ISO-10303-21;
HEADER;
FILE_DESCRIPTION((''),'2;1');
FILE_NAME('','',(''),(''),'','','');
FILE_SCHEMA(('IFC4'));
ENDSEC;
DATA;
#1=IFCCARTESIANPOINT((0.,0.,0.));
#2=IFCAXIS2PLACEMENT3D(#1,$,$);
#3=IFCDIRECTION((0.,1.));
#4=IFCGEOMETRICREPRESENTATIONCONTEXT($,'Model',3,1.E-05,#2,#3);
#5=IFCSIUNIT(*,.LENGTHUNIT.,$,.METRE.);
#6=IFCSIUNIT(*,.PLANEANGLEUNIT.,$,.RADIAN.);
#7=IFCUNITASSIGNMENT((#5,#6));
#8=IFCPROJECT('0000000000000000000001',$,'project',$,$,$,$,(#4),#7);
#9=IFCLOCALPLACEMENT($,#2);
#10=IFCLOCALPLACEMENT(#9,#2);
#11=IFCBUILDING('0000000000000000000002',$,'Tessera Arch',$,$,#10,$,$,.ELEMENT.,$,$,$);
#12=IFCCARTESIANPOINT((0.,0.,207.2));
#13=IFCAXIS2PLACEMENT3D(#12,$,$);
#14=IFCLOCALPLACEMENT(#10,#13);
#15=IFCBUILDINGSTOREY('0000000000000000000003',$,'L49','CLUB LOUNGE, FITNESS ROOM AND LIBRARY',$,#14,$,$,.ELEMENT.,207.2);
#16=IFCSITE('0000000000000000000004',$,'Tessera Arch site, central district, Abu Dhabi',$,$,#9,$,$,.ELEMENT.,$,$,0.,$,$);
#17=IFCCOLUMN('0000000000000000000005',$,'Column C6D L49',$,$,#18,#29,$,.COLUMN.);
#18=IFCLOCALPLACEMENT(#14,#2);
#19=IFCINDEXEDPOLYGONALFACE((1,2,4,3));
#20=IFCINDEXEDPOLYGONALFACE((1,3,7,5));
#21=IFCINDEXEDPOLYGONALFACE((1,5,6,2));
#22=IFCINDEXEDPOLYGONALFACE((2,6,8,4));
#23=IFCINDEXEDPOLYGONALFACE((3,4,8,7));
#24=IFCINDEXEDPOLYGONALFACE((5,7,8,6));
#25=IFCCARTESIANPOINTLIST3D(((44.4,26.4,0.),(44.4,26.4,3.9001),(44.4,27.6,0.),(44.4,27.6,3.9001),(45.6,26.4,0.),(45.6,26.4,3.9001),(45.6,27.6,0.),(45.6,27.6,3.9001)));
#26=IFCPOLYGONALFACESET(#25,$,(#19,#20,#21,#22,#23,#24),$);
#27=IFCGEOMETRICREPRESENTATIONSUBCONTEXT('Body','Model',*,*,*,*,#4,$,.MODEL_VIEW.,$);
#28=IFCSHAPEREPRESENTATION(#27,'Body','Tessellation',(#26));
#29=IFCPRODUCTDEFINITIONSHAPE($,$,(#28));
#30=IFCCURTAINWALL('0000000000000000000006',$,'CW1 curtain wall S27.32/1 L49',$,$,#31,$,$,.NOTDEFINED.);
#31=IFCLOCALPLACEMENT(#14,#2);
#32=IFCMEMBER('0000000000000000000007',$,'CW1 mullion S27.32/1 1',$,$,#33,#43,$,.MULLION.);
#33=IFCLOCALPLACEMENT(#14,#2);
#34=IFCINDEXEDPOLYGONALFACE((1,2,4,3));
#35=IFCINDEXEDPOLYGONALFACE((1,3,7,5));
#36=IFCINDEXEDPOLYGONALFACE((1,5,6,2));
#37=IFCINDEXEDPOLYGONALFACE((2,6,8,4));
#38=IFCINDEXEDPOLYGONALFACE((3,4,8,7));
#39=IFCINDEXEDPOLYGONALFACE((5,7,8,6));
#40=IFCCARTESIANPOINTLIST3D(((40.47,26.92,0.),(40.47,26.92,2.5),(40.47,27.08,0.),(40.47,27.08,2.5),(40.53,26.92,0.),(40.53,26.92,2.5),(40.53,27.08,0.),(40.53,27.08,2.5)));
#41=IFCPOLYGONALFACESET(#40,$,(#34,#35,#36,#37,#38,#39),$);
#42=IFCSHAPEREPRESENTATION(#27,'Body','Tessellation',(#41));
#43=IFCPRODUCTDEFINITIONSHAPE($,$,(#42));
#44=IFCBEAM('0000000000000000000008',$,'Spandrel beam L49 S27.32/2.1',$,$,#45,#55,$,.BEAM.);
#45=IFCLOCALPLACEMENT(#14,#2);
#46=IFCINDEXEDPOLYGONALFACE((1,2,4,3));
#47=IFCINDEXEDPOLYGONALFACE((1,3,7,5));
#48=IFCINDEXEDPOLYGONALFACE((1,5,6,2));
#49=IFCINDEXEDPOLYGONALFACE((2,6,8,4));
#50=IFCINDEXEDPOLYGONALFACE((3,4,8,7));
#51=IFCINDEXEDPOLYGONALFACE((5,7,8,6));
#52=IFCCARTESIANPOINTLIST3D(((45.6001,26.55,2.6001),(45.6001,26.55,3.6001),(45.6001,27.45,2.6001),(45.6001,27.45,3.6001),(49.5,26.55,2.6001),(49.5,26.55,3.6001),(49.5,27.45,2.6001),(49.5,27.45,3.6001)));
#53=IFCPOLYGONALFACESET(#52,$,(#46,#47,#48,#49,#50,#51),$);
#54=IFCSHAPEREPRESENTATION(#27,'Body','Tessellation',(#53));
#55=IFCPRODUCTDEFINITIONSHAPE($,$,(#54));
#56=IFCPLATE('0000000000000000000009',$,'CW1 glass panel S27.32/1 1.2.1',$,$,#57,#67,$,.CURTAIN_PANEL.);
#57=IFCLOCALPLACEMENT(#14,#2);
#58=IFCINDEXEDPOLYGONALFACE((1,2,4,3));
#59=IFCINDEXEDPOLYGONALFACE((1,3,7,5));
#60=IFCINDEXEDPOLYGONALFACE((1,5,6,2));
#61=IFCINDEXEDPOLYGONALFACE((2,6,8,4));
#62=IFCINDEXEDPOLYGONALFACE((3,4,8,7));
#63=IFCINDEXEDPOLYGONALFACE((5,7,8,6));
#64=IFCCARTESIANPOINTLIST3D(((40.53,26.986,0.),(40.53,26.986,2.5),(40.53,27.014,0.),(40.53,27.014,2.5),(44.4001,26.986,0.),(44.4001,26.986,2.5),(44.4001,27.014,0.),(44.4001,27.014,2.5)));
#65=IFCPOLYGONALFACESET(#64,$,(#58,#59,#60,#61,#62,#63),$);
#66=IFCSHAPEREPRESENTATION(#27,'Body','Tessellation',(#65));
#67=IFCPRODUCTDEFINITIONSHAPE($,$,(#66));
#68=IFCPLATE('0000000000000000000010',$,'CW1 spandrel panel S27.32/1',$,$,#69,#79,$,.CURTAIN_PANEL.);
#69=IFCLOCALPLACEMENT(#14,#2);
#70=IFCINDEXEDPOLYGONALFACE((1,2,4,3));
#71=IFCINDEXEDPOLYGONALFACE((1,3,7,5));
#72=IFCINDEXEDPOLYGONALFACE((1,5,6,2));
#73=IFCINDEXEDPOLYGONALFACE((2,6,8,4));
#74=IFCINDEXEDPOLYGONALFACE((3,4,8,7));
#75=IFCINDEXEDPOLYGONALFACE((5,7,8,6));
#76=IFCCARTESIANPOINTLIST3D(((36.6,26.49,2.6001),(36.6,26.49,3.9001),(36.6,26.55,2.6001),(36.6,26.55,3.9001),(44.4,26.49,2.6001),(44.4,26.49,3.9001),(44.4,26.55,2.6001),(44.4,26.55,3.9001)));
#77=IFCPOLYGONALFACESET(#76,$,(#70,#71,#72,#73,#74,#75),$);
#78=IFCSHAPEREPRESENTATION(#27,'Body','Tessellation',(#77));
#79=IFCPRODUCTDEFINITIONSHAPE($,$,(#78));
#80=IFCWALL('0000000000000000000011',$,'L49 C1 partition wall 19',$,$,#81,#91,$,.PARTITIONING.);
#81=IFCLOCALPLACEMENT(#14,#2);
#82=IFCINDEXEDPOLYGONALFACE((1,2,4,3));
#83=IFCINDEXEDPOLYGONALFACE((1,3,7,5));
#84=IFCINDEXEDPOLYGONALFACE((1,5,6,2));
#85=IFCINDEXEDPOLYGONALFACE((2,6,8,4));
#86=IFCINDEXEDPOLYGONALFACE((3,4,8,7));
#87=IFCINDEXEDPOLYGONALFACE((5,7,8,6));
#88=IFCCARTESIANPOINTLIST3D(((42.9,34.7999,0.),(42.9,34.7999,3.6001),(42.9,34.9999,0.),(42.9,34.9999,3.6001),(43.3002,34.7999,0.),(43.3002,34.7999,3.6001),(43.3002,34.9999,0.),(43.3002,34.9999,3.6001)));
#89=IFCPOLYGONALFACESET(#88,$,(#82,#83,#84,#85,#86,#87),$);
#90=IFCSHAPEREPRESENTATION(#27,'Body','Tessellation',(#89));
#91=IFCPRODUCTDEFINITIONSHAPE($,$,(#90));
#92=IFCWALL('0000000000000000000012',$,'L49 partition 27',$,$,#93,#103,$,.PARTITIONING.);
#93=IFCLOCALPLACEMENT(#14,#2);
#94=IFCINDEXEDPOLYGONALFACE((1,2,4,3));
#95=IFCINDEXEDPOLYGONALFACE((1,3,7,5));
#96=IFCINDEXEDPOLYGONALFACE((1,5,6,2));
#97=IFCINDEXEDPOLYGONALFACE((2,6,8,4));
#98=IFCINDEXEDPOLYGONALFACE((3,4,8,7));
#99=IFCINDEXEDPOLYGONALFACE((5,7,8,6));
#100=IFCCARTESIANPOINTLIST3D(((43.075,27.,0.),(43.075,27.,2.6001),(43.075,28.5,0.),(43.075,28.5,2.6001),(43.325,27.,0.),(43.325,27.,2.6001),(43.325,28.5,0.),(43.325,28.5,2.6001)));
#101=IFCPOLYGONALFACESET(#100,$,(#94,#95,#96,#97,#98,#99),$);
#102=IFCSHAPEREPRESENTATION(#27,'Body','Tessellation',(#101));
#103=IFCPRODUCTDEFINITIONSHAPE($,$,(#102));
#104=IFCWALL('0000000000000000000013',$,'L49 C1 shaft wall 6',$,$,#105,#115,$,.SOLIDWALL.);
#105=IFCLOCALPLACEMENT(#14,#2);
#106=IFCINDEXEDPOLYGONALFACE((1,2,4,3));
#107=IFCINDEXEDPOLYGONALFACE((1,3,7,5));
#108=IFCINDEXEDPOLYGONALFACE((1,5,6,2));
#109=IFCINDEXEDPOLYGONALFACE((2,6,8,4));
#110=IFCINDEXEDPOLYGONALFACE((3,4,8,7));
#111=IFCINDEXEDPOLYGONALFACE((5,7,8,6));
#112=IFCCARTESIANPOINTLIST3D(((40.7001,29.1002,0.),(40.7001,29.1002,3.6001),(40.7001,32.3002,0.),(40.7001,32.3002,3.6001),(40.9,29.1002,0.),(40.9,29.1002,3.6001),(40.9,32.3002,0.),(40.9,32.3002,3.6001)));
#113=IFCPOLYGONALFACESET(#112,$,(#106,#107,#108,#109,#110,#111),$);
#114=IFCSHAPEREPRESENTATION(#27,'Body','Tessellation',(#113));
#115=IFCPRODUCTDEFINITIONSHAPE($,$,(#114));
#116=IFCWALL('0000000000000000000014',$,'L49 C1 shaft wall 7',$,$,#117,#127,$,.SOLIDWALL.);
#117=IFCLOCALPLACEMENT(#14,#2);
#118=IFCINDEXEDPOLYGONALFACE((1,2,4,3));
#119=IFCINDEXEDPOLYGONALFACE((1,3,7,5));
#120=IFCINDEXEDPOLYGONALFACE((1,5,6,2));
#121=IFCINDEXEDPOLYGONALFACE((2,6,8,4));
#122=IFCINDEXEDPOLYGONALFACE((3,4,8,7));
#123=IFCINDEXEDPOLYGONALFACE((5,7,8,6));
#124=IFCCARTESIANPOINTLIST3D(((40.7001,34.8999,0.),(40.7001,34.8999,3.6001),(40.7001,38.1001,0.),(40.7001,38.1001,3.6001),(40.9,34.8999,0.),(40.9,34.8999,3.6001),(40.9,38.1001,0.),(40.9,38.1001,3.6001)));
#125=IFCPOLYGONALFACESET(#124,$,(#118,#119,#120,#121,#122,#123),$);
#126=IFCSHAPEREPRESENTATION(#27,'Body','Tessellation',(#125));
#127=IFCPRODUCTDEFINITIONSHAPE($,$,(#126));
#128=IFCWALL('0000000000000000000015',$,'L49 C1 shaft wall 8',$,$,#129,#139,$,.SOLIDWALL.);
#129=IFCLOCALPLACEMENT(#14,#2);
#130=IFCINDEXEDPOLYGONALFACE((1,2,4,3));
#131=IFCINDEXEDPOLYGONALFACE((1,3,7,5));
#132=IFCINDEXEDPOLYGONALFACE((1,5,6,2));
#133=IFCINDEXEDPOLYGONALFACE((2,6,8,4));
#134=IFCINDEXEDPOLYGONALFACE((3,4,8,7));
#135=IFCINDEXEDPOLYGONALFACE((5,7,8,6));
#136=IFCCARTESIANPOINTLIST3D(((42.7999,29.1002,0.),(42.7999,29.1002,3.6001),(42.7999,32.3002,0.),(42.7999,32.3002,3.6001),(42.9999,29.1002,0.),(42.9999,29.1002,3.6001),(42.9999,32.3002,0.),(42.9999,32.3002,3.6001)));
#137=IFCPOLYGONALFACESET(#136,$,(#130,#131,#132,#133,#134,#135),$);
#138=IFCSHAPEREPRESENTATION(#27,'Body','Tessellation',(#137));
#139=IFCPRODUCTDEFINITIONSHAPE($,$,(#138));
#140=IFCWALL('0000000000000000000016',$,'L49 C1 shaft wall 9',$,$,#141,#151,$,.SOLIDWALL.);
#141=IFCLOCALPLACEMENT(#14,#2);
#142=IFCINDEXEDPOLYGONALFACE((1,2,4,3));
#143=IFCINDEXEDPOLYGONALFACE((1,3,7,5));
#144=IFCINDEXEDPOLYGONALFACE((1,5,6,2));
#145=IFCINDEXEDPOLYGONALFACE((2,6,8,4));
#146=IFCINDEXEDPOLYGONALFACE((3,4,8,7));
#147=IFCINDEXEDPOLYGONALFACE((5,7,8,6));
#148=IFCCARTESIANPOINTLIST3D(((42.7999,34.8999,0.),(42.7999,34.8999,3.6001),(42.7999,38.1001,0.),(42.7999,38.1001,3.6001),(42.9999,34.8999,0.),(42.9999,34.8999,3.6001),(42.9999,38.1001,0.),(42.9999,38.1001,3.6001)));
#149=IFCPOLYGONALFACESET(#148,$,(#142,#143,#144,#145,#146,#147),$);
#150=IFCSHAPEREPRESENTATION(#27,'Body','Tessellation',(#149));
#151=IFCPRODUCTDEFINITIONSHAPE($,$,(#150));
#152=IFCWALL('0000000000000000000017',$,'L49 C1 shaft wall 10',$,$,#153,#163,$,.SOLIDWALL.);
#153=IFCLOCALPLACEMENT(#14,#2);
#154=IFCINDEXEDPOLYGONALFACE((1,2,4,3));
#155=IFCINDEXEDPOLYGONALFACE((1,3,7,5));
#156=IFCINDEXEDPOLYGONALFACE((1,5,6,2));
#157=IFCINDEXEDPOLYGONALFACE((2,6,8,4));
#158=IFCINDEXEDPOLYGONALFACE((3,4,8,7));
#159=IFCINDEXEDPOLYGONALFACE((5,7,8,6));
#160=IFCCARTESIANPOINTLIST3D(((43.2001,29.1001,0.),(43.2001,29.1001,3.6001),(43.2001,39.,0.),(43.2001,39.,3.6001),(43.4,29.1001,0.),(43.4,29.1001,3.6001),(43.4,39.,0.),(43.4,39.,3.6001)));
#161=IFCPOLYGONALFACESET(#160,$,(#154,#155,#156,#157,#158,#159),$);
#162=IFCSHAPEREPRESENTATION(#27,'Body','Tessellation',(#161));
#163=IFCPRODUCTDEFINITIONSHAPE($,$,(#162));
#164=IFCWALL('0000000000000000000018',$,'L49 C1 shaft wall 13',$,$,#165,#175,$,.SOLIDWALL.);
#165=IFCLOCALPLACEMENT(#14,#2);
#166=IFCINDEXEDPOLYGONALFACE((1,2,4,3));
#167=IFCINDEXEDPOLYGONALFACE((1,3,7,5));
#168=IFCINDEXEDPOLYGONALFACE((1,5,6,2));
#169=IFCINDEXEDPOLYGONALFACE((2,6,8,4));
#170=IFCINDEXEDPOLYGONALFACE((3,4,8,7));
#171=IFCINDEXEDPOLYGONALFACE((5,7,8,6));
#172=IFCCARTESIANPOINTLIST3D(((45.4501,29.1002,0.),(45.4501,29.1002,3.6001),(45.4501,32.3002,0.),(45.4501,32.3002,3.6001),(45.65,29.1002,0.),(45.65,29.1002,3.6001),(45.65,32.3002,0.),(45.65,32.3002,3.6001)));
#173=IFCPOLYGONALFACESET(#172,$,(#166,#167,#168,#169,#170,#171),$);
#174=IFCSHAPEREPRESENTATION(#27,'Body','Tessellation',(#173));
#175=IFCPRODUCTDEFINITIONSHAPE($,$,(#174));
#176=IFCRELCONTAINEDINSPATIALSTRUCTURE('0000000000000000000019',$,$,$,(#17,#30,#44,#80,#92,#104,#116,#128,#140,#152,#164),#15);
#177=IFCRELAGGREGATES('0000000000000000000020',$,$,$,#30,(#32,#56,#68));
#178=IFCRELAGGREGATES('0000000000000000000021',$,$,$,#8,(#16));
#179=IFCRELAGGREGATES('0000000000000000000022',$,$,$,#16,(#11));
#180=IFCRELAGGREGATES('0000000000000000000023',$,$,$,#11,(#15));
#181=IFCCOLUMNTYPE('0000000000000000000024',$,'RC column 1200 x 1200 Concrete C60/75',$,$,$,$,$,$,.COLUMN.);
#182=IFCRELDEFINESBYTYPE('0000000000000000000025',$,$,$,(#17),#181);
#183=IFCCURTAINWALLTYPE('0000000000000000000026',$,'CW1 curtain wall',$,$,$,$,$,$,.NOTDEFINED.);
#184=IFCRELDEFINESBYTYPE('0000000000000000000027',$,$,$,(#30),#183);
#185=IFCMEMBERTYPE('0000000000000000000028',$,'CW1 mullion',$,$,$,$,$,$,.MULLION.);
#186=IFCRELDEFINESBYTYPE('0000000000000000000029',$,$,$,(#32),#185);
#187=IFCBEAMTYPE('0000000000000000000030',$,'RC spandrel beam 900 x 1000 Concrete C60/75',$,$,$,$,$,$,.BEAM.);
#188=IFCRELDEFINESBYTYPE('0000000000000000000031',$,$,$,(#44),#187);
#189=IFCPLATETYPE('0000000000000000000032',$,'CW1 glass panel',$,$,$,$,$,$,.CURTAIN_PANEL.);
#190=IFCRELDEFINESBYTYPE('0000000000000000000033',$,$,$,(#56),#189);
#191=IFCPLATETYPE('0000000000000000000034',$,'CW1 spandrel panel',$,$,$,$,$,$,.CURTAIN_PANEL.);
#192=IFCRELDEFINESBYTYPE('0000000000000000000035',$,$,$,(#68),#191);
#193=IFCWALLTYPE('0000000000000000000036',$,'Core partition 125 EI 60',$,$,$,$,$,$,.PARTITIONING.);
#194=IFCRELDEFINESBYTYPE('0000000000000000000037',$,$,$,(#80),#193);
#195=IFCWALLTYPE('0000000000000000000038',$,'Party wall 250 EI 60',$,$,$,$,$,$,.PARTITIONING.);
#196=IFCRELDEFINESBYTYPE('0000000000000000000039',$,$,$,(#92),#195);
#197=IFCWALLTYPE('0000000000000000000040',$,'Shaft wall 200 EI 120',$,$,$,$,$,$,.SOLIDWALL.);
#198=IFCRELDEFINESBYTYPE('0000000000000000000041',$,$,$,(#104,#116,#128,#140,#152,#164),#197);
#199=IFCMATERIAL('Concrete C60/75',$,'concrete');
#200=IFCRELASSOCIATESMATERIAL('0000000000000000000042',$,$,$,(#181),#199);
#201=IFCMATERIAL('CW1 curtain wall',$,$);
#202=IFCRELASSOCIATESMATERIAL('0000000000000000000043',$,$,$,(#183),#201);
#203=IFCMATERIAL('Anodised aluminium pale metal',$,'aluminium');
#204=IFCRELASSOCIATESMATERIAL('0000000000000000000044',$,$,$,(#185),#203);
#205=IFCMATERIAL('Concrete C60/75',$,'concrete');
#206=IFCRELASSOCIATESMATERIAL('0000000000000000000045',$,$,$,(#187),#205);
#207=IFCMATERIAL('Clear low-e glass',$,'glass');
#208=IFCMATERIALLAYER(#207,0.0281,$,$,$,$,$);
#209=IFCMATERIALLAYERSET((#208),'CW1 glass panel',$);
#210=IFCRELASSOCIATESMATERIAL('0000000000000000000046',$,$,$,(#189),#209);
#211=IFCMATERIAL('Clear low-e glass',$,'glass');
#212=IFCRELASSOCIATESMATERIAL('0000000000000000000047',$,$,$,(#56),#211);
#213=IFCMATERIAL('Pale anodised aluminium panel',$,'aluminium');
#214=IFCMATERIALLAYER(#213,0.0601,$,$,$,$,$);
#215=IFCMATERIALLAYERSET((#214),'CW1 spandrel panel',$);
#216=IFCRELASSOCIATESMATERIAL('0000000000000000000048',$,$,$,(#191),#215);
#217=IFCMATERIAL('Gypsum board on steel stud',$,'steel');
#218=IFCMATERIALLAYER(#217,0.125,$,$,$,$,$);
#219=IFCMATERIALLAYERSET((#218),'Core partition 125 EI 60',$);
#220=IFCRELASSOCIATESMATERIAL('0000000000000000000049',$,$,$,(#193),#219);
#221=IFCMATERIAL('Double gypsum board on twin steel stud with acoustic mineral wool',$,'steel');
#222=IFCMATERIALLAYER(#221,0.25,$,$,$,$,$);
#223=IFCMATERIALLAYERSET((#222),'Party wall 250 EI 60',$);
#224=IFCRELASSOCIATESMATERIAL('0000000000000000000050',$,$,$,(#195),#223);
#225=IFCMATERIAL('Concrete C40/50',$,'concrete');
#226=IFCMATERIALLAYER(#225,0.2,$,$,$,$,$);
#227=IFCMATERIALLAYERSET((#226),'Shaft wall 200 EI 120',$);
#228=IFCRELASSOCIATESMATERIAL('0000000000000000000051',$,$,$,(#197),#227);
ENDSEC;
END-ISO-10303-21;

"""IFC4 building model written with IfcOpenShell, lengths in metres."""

from ifc_helpers import new_model, si_unit, direction, frame, frame_2d, origin, origin_2d, place, context, subcontext, project, spatial, rectangle, extrude, material, layer, layer_set, material_profile, profile_set, type_object, element, aggregate, save


model = new_model("IFC4")

# Units and contexts
model_context = context("Model", 3, precision=1e-05, world=origin(), true_north=direction((0.0, 1.0)))
body_context = subcontext(model_context, "Body", "Model", "MODEL_VIEW")
ifc_project = project(units=[si_unit("LENGTHUNIT", "METRE"), si_unit("PLANEANGLEUNIT", "RADIAN")], contexts=[model_context])

# Site, building, storey
site_placement = place(None, origin())
site = spatial("IfcSite", under=ifc_project, at=site_placement, Name="Tessera Arch site, central district, Abu Dhabi", CompositionType="ELEMENT", RefElevation=0.0)
building_placement = place(site_placement, origin())
building = spatial("IfcBuilding", under=site, at=building_placement, Name="Tessera Arch", CompositionType="ELEMENT")
storey_placement = place(building_placement, frame((0.0, 0.0, 207.2)))
storey = spatial("IfcBuildingStorey", under=building, at=storey_placement, Name="L49", Description="CLUB LOUNGE, FITNESS ROOM AND LIBRARY", CompositionType="ELEMENT", Elevation=207.2)

# Column
ifc_material_1 = material(Name="Concrete C60/75", Category="concrete")
ifc_material_profile_1 = material_profile(ifc_material_1, rectangle(XDim=1.2, YDim=1.2, at=origin_2d()), Name="RC column 1200 x 1200 Concrete C60/75")
ifc_profile_set_1 = profile_set([ifc_material_profile_1], Name="Concrete C60/75")
column_type = type_object("IfcColumnType", Name="RC column 1200 x 1200 Concrete C60/75", PredefinedType="COLUMN", material=ifc_profile_set_1)
column_placement = place(storey_placement, frame((45.0, 27.0, 0.0), z_axis=(0.0, 0.0, 1.0), x_axis=(1.0, 0.0, 0.0)))
element("IfcColumn", 1, at=column_placement, inside=storey, type_object=column_type, Name="Column C6D L49", PredefinedType="COLUMN", context=body_context, shape_type="SweptSolid", body=[
    extrude(rectangle(XDim=1.2, YDim=1.2, at=origin_2d()), origin(), (0.0, 0.0, 1.0), 3.9001),
])

# Curtain wall, member
ifc_material_2 = material(Name="CW1 curtain wall")
curtain_wall_type = type_object("IfcCurtainWallType", Name="CW1 curtain wall", PredefinedType="NOTDEFINED", material=ifc_material_2)
curtain_wall_placement = place(storey_placement, origin())
curtain_wall = element("IfcCurtainWall", 2, at=curtain_wall_placement, inside=storey, type_object=curtain_wall_type, Name="CW1 curtain wall S27.32/1 L49", PredefinedType="NOTDEFINED")
ifc_material_3 = material(Name="Anodised aluminium pale metal", Category="aluminium")
ifc_material_profile_2 = material_profile(ifc_material_3, rectangle(XDim=0.1599, YDim=0.0601, at=origin_2d()), Name="AL 60x160")
ifc_profile_set_2 = profile_set([ifc_material_profile_2], Name="Anodised aluminium pale metal")
member_type = type_object("IfcMemberType", Name="CW1 mullion", PredefinedType="MULLION", material=ifc_profile_set_2)
member_placement = place(storey_placement, frame((40.5, 27.0, 0.0), z_axis=(0.0, 0.0, 1.0), x_axis=(0.0, 1.0, 0.0)))
member = element("IfcMember", 3, at=member_placement, type_object=member_type, Name="CW1 mullion S27.32/1 1", PredefinedType="MULLION", context=body_context, shape_type="SweptSolid", body=[
    extrude(rectangle(XDim=0.1599, YDim=0.0601, at=origin_2d()), origin(), (0.0, 0.0, 1.0), 2.5),
])

# Beam
ifc_material_4 = material(Name="Concrete C60/75", Category="concrete")
ifc_material_profile_3 = material_profile(ifc_material_4, rectangle(XDim=0.8999, YDim=1.0, at=origin_2d()), Name="RC spandrel beam 900 x 1000 Concrete C60/75")
ifc_profile_set_3 = profile_set([ifc_material_profile_3], Name="Concrete C60/75")
beam_type = type_object("IfcBeamType", Name="RC spandrel beam 900 x 1000 Concrete C60/75", PredefinedType="BEAM", material=ifc_profile_set_3)
beam_placement = place(storey_placement, frame((45.6001, 27.0, 3.1001), z_axis=(1.0, 0.0, 0.0), x_axis=(0.0, 1.0, 0.0)))
element("IfcBeam", 4, at=beam_placement, inside=storey, type_object=beam_type, Name="Spandrel beam L49 S27.32/2.1", PredefinedType="BEAM", context=body_context, shape_type="SweptSolid", body=[
    extrude(rectangle(XDim=0.8999, YDim=1.0, at=origin_2d()), origin(), (0.0, 0.0, 1.0), 3.8999),
])

# Plates
ifc_material_5 = material(Name="Clear low-e glass", Category="glass")
ifc_material_6 = material(Name="Clear low-e glass", Category="glass")
ifc_layer_1 = layer(ifc_material_6, 0.0281)
ifc_layer_set_1 = layer_set([ifc_layer_1], Name="CW1 glass panel")
plate_type_1 = type_object("IfcPlateType", Name="CW1 glass panel", PredefinedType="CURTAIN_PANEL", material=ifc_layer_set_1)
plate_1_placement = place(storey_placement, frame((42.4651, 27.0, 0.0), z_axis=(0.0, 0.0, 1.0), x_axis=(1.0, 0.0, 0.0)))
plate_1 = element("IfcPlate", 5, at=plate_1_placement, type_object=plate_type_1, material=ifc_material_5, Name="CW1 glass panel S27.32/1 1.2.1", PredefinedType="CURTAIN_PANEL", context=body_context, shape_type="SweptSolid", body=[
    extrude(rectangle(XDim=3.8701, YDim=0.0281, at=origin_2d()), origin(), (0.0, 0.0, 1.0), 2.5),
])
ifc_material_7 = material(Name="Pale anodised aluminium panel", Category="aluminium")
ifc_layer_2 = layer(ifc_material_7, 0.0601)
ifc_layer_set_2 = layer_set([ifc_layer_2], Name="CW1 spandrel panel")
plate_type_2 = type_object("IfcPlateType", Name="CW1 spandrel panel", PredefinedType="CURTAIN_PANEL", material=ifc_layer_set_2)
plate_2_placement = place(storey_placement, frame((40.5, 26.52, 2.6001), z_axis=(0.0, 0.0, 1.0), x_axis=(1.0, 0.0, 0.0)))
plate_2 = element("IfcPlate", 6, at=plate_2_placement, type_object=plate_type_2, Name="CW1 spandrel panel S27.32/1", PredefinedType="CURTAIN_PANEL", context=body_context, shape_type="SweptSolid", body=[
    extrude(rectangle(XDim=7.8, YDim=0.0601, at=origin_2d()), origin(), (0.0, 0.0, 1.0), 1.3),
])
aggregate(curtain_wall, [member, plate_1, plate_2])

# Walls
ifc_material_8 = material(Name="Gypsum board on steel stud", Category="steel")
ifc_layer_3 = layer(ifc_material_8, 0.125)
ifc_layer_set_3 = layer_set([ifc_layer_3], Name="Core partition 125 EI 60")
wall_type_1 = type_object("IfcWallType", Name="Core partition 125 EI 60", PredefinedType="PARTITIONING", material=ifc_layer_set_3)
wall_1_placement = place(storey_placement, frame((42.8999, 34.8999, 0.0), z_axis=(0.0, 0.0, 1.0), x_axis=(1.0, 0.0, 0.0)))
element("IfcWall", 7, at=wall_1_placement, inside=storey, type_object=wall_type_1, Name="L49 C1 partition wall 19", PredefinedType="PARTITIONING", context=body_context, shape_type="SweptSolid", body=[
    extrude(rectangle(XDim=0.4001, YDim=0.2, at=frame_2d((0.2002, 0.0))), origin(), (0.0, 0.0, 1.0), 3.6001),
])
ifc_material_9 = material(Name="Double gypsum board on twin steel stud with acoustic mineral wool", Category="steel")
ifc_layer_4 = layer(ifc_material_9, 0.25)
ifc_layer_set_4 = layer_set([ifc_layer_4], Name="Party wall 250 EI 60")
wall_type_2 = type_object("IfcWallType", Name="Party wall 250 EI 60", PredefinedType="PARTITIONING", material=ifc_layer_set_4)
wall_2_placement = place(storey_placement, frame((43.2, 27.0, 0.0), z_axis=(0.0, 0.0, 1.0), x_axis=(0.0, 1.0, 0.0)))
element("IfcWall", 8, at=wall_2_placement, inside=storey, type_object=wall_type_2, Name="L49 partition 27", PredefinedType="PARTITIONING", context=body_context, shape_type="SweptSolid", body=[
    extrude(rectangle(XDim=1.5, YDim=0.25, at=frame_2d((0.75, 0.0))), origin(), (0.0, 0.0, 1.0), 2.6001),
])
ifc_material_10 = material(Name="Concrete C40/50", Category="concrete")
ifc_layer_5 = layer(ifc_material_10, 0.2)
ifc_layer_set_5 = layer_set([ifc_layer_5], Name="Shaft wall 200 EI 120")
wall_type_3 = type_object("IfcWallType", Name="Shaft wall 200 EI 120", PredefinedType="SOLIDWALL", material=ifc_layer_set_5)
wall_3_placement = place(storey_placement, frame((40.8, 29.1001, 0.0), z_axis=(0.0, 0.0, 1.0), x_axis=(0.0, 1.0, 0.0)))
element("IfcWall", 9, at=wall_3_placement, inside=storey, type_object=wall_type_3, Name="L49 C1 shaft wall 6", PredefinedType="SOLIDWALL", context=body_context, shape_type="SweptSolid", body=[
    extrude(rectangle(XDim=3.2, YDim=0.2, at=frame_2d((1.6001, 0.0))), origin(), (0.0, 0.0, 1.0), 3.6001),
])
wall_4_placement = place(storey_placement, frame((40.8, 34.8999, 0.0), z_axis=(0.0, 0.0, 1.0), x_axis=(0.0, 1.0, 0.0)))
element("IfcWall", 10, at=wall_4_placement, inside=storey, type_object=wall_type_3, Name="L49 C1 shaft wall 7", PredefinedType="SOLIDWALL", context=body_context, shape_type="SweptSolid", body=[
    extrude(rectangle(XDim=3.2002, YDim=0.2, at=frame_2d((1.6001, 0.0))), origin(), (0.0, 0.0, 1.0), 3.6001),
])
wall_5_placement = place(storey_placement, frame((42.8999, 29.1001, 0.0), z_axis=(0.0, 0.0, 1.0), x_axis=(0.0, 1.0, 0.0)))
element("IfcWall", 11, at=wall_5_placement, inside=storey, type_object=wall_type_3, Name="L49 C1 shaft wall 8", PredefinedType="SOLIDWALL", context=body_context, shape_type="SweptSolid", body=[
    extrude(rectangle(XDim=3.2, YDim=0.2, at=frame_2d((1.6001, 0.0))), origin(), (0.0, 0.0, 1.0), 3.6001),
])
wall_6_placement = place(storey_placement, frame((42.8999, 34.8999, 0.0), z_axis=(0.0, 0.0, 1.0), x_axis=(0.0, 1.0, 0.0)))
element("IfcWall", 12, at=wall_6_placement, inside=storey, type_object=wall_type_3, Name="L49 C1 shaft wall 9", PredefinedType="SOLIDWALL", context=body_context, shape_type="SweptSolid", body=[
    extrude(rectangle(XDim=3.2002, YDim=0.2, at=frame_2d((1.6001, 0.0))), origin(), (0.0, 0.0, 1.0), 3.6001),
])
wall_7_placement = place(storey_placement, frame((43.3, 29.1001, 0.0), z_axis=(0.0, 0.0, 1.0), x_axis=(0.0, 1.0, 0.0)))
element("IfcWall", 13, at=wall_7_placement, inside=storey, type_object=wall_type_3, Name="L49 C1 shaft wall 10", PredefinedType="SOLIDWALL", context=body_context, shape_type="SweptSolid", body=[
    extrude(rectangle(XDim=9.8999, YDim=0.2, at=frame_2d((4.95, 0.0))), origin(), (0.0, 0.0, 1.0), 3.6001),
])
for number, where, z_axis, x_axis, name in (
    (14, (45.55, 29.1001, 0.0), (0.0, 0.0, 1.0), (0.0, 1.0, 0.0), "L49 C1 shaft wall 13"),
):
    element("IfcWall", number, at=place(storey_placement, frame(where, z_axis=z_axis, x_axis=x_axis)), inside=storey, type_object=wall_type_3, Name=name, PredefinedType="SOLIDWALL", context=body_context, shape_type="SweptSolid", body=[
        extrude(rectangle(XDim=3.2, YDim=0.2, at=frame_2d((1.6001, 0.0))), origin(), (0.0, 0.0, 1.0), 3.6001),
    ])

save(model, "model.ifc")
